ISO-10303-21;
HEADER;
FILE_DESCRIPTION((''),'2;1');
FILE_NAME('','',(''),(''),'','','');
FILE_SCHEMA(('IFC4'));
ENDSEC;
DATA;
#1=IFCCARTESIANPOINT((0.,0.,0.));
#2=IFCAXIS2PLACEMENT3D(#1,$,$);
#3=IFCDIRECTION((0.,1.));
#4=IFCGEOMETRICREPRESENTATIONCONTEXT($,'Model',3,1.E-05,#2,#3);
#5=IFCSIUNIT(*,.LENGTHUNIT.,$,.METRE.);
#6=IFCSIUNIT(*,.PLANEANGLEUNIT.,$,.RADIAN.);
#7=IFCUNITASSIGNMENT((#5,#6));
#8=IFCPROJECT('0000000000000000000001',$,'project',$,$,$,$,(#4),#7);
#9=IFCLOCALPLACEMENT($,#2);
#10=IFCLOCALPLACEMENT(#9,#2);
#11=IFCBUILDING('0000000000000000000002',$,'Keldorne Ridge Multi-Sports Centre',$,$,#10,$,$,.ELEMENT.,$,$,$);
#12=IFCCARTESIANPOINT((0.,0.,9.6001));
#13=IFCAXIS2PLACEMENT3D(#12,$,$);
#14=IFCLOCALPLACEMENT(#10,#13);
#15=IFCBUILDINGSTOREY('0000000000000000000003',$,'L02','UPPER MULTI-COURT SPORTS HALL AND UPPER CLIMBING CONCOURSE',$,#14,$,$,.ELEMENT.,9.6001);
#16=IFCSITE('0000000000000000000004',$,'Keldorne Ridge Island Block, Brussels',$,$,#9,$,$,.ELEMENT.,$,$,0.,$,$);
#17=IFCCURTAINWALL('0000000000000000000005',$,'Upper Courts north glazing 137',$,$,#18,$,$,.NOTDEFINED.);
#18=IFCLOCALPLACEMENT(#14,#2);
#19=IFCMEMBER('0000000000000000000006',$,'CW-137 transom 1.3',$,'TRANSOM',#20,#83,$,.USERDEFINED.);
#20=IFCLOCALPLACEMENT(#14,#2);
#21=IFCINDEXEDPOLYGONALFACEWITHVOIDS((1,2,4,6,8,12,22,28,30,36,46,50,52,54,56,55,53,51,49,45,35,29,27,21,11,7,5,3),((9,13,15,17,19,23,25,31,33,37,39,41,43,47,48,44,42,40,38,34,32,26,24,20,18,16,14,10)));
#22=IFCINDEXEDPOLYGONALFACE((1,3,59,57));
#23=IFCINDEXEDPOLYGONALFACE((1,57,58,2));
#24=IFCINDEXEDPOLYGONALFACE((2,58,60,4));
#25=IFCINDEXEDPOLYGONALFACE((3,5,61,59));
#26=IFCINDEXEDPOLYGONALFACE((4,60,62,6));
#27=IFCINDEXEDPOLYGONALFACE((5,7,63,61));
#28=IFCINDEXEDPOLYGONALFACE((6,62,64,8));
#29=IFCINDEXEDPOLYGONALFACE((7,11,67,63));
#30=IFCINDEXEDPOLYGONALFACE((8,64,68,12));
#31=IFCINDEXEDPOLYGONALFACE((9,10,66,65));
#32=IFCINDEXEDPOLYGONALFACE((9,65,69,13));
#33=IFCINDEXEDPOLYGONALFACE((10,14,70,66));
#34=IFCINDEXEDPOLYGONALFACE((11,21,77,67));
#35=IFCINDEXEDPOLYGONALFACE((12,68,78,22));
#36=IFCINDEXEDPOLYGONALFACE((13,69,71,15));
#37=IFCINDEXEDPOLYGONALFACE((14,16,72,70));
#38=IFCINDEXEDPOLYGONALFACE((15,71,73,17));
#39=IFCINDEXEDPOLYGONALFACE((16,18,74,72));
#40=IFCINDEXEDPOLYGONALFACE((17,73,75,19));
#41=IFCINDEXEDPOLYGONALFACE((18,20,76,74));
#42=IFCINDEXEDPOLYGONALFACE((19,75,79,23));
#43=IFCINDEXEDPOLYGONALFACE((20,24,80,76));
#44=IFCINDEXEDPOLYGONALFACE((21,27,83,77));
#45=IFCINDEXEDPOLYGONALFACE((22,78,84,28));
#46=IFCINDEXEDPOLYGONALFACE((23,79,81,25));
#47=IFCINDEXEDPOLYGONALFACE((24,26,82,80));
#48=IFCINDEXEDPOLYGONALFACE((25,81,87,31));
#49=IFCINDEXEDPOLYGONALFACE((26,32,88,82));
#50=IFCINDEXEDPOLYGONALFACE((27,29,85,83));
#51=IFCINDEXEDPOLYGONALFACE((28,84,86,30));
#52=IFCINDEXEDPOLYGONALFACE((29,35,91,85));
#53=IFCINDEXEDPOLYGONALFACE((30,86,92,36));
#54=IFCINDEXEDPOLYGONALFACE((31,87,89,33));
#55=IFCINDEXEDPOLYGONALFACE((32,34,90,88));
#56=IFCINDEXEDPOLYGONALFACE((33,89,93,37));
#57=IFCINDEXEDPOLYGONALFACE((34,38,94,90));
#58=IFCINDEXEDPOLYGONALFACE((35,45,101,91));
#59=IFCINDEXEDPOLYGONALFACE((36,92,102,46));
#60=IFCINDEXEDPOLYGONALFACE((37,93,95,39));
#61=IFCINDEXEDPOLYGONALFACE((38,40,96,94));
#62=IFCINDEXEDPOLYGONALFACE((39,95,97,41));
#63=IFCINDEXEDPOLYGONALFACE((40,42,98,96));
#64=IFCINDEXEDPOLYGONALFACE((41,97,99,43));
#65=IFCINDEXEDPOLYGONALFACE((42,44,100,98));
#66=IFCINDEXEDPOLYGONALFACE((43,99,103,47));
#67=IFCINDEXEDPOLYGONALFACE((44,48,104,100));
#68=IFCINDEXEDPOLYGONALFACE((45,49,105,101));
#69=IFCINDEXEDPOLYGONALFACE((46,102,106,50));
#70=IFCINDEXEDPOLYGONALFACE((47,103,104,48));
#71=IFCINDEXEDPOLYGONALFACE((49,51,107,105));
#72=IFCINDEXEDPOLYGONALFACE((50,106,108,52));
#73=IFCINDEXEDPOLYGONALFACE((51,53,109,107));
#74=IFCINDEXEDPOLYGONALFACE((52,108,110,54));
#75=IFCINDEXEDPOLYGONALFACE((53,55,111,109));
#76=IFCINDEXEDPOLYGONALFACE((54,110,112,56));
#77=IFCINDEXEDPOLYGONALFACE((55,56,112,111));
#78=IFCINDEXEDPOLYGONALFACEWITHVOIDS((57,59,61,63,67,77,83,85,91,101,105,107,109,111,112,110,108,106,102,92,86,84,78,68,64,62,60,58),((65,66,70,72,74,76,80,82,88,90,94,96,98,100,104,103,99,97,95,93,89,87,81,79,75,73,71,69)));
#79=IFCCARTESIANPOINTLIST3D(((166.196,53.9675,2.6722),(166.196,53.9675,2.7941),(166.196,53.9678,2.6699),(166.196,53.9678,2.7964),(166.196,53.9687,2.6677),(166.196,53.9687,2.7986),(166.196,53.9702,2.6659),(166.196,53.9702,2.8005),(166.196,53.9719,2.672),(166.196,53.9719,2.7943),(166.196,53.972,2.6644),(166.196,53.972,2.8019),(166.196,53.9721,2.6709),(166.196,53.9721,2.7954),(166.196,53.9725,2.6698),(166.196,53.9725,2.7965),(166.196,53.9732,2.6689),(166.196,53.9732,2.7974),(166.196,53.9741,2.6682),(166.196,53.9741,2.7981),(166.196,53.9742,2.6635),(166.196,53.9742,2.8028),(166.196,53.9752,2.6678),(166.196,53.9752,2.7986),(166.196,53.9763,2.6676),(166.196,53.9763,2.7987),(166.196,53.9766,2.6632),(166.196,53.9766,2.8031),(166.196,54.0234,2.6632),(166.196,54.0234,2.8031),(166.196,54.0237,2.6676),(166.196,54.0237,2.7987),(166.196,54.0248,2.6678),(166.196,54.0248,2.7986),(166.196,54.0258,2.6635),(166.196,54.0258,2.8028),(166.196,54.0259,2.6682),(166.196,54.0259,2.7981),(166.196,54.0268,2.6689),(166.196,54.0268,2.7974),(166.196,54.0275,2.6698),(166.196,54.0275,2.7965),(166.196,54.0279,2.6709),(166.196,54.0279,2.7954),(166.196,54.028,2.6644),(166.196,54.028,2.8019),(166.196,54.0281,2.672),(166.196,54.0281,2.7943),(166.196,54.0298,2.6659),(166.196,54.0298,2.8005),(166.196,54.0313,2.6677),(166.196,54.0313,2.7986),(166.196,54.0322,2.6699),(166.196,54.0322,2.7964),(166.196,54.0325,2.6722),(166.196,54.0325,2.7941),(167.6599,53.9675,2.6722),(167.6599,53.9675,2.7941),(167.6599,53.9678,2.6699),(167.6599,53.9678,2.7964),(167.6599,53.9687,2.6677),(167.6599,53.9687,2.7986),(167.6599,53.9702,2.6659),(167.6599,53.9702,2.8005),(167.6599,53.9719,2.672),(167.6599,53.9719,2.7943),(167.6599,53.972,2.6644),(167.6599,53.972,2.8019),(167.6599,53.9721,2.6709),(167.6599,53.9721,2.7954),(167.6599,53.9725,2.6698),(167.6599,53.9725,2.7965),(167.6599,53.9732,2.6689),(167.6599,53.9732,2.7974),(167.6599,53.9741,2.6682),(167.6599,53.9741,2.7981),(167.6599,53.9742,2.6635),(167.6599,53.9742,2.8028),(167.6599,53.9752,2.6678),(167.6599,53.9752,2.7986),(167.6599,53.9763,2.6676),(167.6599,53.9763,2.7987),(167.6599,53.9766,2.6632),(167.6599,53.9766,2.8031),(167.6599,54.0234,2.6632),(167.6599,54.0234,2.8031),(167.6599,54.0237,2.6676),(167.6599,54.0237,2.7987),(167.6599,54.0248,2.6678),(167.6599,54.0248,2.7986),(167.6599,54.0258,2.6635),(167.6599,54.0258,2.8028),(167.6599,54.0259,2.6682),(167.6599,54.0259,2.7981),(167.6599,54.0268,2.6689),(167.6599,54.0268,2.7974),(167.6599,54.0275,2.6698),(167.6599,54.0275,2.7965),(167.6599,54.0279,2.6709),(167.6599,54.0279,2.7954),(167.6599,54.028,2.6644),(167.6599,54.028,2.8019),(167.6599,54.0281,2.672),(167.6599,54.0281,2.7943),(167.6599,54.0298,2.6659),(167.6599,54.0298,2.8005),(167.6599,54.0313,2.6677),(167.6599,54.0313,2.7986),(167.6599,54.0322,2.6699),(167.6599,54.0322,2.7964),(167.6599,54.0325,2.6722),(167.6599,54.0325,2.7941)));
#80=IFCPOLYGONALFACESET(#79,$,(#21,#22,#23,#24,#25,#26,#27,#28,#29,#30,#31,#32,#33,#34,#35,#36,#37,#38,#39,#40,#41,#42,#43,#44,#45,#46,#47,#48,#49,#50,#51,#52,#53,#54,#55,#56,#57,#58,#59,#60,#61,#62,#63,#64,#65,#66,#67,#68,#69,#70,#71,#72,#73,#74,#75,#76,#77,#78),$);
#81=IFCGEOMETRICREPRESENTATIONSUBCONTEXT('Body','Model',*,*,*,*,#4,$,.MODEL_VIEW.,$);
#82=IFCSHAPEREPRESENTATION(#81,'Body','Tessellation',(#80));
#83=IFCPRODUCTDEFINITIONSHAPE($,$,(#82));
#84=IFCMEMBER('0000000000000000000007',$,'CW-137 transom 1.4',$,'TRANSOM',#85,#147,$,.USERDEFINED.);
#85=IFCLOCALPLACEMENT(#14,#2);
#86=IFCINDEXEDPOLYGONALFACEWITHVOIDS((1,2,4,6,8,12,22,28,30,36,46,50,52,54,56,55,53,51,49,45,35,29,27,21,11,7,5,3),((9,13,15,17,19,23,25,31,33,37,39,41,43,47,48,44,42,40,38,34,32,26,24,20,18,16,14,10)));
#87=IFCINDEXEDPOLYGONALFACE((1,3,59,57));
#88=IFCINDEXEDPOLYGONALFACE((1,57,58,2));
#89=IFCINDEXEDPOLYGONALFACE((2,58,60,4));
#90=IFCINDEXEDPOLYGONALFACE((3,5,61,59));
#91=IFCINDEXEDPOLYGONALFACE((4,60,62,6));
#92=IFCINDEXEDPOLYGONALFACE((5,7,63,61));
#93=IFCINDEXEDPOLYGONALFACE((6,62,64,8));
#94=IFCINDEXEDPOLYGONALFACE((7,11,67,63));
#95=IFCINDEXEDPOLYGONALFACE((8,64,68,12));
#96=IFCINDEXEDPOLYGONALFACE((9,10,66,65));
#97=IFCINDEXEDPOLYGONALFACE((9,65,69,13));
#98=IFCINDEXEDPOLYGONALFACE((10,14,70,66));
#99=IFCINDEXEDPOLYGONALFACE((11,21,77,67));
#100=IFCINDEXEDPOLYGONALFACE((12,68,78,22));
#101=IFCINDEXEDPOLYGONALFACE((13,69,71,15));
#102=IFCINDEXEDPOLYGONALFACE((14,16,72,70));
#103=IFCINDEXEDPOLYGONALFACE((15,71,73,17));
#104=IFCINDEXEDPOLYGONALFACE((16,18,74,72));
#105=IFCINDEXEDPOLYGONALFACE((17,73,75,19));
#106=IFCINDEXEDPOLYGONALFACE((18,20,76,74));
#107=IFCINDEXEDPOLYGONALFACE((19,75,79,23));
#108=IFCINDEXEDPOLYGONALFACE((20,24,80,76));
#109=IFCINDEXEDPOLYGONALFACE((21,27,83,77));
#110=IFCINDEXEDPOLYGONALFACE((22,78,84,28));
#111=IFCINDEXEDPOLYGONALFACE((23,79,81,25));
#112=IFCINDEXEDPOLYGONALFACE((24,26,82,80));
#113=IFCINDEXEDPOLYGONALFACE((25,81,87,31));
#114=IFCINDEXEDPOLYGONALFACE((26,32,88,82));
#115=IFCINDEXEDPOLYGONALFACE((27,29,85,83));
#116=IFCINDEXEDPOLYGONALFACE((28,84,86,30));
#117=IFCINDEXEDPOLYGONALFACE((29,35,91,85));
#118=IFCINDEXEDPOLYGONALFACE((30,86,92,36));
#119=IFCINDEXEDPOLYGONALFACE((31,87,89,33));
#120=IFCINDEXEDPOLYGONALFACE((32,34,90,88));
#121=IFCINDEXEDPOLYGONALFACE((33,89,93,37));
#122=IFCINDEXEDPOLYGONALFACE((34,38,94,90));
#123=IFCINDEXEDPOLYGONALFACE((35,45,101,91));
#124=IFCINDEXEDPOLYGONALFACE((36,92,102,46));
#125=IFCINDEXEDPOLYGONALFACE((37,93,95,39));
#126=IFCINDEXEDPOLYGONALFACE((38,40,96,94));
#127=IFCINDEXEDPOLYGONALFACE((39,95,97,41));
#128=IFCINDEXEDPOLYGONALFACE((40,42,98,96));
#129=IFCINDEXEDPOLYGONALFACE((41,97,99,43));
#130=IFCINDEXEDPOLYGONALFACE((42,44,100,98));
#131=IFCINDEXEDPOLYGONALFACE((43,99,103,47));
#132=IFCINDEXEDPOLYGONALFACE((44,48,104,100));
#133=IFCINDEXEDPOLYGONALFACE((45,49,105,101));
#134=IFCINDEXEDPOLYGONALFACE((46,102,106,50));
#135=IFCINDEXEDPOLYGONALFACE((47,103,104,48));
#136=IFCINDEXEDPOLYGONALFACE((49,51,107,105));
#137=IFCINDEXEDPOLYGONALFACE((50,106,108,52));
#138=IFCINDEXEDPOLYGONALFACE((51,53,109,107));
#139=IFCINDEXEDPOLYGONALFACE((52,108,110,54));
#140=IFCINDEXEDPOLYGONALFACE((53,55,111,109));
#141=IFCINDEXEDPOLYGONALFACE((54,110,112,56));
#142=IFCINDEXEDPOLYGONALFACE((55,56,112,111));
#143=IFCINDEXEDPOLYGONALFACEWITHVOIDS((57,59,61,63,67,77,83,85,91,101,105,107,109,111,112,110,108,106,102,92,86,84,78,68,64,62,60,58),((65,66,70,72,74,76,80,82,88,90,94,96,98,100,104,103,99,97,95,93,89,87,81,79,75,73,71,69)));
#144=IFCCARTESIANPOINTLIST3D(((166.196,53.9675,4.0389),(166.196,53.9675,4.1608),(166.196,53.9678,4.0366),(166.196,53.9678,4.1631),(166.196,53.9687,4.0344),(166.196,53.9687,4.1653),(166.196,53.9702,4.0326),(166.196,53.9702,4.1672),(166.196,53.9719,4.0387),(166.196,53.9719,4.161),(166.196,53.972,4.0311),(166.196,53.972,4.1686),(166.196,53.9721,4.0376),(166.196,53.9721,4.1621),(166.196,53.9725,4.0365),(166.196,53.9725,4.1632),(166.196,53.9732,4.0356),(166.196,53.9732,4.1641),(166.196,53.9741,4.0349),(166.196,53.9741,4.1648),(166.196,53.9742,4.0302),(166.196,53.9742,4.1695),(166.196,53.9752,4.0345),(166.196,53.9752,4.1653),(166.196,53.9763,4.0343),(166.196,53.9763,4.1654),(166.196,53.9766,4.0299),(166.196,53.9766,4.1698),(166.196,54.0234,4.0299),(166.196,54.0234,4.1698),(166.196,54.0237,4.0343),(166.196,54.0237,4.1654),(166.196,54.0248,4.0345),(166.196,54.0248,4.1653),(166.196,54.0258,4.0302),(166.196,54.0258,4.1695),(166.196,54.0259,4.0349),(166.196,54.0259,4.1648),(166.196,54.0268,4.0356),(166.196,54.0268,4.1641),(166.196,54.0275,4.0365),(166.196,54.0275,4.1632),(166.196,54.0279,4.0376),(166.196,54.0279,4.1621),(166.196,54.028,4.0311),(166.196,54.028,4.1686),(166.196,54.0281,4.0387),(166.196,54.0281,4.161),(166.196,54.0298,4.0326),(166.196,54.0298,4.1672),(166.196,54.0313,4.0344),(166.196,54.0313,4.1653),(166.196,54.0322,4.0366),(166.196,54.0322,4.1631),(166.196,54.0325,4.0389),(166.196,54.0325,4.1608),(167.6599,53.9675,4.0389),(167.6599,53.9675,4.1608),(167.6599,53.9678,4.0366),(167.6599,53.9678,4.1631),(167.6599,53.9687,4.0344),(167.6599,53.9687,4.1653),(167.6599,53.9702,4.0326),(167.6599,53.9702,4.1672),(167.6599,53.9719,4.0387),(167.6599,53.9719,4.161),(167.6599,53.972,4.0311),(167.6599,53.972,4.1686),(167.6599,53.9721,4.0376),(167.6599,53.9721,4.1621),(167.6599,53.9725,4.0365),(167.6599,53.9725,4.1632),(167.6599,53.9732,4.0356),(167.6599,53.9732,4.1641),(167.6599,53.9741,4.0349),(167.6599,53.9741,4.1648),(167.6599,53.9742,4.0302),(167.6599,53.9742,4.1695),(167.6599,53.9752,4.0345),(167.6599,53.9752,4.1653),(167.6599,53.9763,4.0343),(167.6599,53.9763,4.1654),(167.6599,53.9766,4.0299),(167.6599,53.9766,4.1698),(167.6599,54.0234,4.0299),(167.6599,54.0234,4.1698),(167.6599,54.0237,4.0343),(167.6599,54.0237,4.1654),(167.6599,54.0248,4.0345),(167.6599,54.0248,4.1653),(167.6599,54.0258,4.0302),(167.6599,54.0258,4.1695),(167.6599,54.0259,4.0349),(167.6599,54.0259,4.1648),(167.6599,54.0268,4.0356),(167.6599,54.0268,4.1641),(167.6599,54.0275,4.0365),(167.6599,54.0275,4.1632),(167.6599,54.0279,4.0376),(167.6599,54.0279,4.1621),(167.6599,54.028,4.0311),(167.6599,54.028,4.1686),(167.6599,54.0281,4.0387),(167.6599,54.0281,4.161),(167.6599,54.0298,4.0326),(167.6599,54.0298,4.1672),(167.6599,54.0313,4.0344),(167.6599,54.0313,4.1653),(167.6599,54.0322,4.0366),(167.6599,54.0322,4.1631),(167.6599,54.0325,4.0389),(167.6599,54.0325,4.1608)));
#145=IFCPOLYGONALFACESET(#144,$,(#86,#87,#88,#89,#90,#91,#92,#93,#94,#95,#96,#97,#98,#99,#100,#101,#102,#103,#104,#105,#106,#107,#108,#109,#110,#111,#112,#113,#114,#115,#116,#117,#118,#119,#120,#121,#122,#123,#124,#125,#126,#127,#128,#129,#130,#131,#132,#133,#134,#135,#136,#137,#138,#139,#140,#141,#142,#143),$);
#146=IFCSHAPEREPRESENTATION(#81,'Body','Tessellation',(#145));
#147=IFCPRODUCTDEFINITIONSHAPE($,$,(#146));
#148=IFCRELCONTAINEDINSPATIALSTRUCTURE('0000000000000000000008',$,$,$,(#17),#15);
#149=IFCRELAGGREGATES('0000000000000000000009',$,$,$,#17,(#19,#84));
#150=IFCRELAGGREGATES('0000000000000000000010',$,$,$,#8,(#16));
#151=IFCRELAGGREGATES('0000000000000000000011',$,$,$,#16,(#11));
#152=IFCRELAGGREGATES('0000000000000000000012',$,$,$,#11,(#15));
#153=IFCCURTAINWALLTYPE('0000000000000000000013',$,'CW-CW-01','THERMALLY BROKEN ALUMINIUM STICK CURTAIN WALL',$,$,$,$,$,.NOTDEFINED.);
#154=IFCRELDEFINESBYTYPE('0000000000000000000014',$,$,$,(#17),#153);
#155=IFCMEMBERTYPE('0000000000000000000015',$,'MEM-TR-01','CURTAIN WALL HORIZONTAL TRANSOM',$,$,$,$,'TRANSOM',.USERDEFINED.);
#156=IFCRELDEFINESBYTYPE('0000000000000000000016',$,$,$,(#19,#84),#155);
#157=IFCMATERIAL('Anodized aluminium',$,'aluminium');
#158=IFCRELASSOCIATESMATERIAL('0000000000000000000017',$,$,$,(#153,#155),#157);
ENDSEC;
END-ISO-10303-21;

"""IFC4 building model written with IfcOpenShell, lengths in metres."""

from ifc_helpers import new_model, si_unit, direction, frame, origin, origin_2d, place, context, subcontext, project, spatial, hollow_rectangle, extrude, material, material_profile, profile_set, type_object, element, aggregate, save


model = new_model("IFC4")

# Units and contexts
model_context = context("Model", 3, precision=1e-05, world=origin(), true_north=direction((0.0, 1.0)))
body_context = subcontext(model_context, "Body", "Model", "MODEL_VIEW")
ifc_project = project(units=[si_unit("LENGTHUNIT", "METRE"), si_unit("PLANEANGLEUNIT", "RADIAN")], contexts=[model_context])

# Site, building, storey
site_placement = place(None, origin())
site = spatial("IfcSite", under=ifc_project, at=site_placement, Name="Keldorne Ridge Island Block, Brussels", CompositionType="ELEMENT", RefElevation=0.0)
building_placement = place(site_placement, origin())
building = spatial("IfcBuilding", under=site, at=building_placement, Name="Keldorne Ridge Multi-Sports Centre", CompositionType="ELEMENT")
storey_placement = place(building_placement, frame((0.0, 0.0, 9.6001)))
storey = spatial("IfcBuildingStorey", under=building, at=storey_placement, Name="L02", Description="UPPER MULTI-COURT SPORTS HALL AND UPPER CLIMBING CONCOURSE", CompositionType="ELEMENT", Elevation=9.6001)

# Curtain wall, members
ifc_material_1 = material(Name="Anodized aluminium", Category="aluminium")
curtain_wall_type = type_object("IfcCurtainWallType", Name="CW-CW-01", Description="THERMALLY BROKEN ALUMINIUM STICK CURTAIN WALL", PredefinedType="NOTDEFINED", material=ifc_material_1)
curtain_wall_placement = place(storey_placement, origin())
curtain_wall = element("IfcCurtainWall", 1, at=curtain_wall_placement, inside=storey, type_object=curtain_wall_type, Name="Upper Courts north glazing 137", PredefinedType="NOTDEFINED")
ifc_material_profile_1 = material_profile(ifc_material_1, hollow_rectangle(XDim=0.0649, YDim=0.1399, WallThickness=0.0044, InnerFilletRadius=0.0044, OuterFilletRadius=0.009, at=origin_2d()), Name="ALU TRANSOM 140x65x4.5")
ifc_profile_set_1 = profile_set([ifc_material_profile_1], Name="Anodized aluminium")
member_type_1 = type_object("IfcMemberType", Name="MEM-TR-01", Description="CURTAIN WALL HORIZONTAL TRANSOM", ElementType="TRANSOM", PredefinedType="USERDEFINED", material=ifc_profile_set_1)
member_1_placement = place(storey_placement, frame((167.6599, 54.0, 2.7332), z_axis=(-1.0, 0.0, 0.0), x_axis=(0.0, -1.0, 0.0)))
member_1 = element("IfcMember", 2, at=member_1_placement, type_object=member_type_1, Name="CW-137 transom 1.3", ObjectType="TRANSOM", PredefinedType="USERDEFINED", context=body_context, shape_type="SweptSolid", body=[
    extrude(hollow_rectangle(XDim=0.0649, YDim=0.1399, WallThickness=0.0044, InnerFilletRadius=0.0044, OuterFilletRadius=0.009, at=origin_2d()), origin(), (0.0, 0.0, 1.0), 1.4639),
])
member_2_placement = place(storey_placement, frame((167.6599, 54.0, 4.0999), z_axis=(-1.0, 0.0, 0.0), x_axis=(0.0, -1.0, 0.0)))
member_2 = element("IfcMember", 3, at=member_2_placement, type_object=member_type_1, Name="CW-137 transom 1.4", ObjectType="TRANSOM", PredefinedType="USERDEFINED", context=body_context, shape_type="SweptSolid", body=[
    extrude(hollow_rectangle(XDim=0.0649, YDim=0.1399, WallThickness=0.0044, InnerFilletRadius=0.0044, OuterFilletRadius=0.009, at=origin_2d()), origin(), (0.0, 0.0, 1.0), 1.4639),
])
aggregate(curtain_wall, [member_1, member_2])

save(model, "model.ifc")
